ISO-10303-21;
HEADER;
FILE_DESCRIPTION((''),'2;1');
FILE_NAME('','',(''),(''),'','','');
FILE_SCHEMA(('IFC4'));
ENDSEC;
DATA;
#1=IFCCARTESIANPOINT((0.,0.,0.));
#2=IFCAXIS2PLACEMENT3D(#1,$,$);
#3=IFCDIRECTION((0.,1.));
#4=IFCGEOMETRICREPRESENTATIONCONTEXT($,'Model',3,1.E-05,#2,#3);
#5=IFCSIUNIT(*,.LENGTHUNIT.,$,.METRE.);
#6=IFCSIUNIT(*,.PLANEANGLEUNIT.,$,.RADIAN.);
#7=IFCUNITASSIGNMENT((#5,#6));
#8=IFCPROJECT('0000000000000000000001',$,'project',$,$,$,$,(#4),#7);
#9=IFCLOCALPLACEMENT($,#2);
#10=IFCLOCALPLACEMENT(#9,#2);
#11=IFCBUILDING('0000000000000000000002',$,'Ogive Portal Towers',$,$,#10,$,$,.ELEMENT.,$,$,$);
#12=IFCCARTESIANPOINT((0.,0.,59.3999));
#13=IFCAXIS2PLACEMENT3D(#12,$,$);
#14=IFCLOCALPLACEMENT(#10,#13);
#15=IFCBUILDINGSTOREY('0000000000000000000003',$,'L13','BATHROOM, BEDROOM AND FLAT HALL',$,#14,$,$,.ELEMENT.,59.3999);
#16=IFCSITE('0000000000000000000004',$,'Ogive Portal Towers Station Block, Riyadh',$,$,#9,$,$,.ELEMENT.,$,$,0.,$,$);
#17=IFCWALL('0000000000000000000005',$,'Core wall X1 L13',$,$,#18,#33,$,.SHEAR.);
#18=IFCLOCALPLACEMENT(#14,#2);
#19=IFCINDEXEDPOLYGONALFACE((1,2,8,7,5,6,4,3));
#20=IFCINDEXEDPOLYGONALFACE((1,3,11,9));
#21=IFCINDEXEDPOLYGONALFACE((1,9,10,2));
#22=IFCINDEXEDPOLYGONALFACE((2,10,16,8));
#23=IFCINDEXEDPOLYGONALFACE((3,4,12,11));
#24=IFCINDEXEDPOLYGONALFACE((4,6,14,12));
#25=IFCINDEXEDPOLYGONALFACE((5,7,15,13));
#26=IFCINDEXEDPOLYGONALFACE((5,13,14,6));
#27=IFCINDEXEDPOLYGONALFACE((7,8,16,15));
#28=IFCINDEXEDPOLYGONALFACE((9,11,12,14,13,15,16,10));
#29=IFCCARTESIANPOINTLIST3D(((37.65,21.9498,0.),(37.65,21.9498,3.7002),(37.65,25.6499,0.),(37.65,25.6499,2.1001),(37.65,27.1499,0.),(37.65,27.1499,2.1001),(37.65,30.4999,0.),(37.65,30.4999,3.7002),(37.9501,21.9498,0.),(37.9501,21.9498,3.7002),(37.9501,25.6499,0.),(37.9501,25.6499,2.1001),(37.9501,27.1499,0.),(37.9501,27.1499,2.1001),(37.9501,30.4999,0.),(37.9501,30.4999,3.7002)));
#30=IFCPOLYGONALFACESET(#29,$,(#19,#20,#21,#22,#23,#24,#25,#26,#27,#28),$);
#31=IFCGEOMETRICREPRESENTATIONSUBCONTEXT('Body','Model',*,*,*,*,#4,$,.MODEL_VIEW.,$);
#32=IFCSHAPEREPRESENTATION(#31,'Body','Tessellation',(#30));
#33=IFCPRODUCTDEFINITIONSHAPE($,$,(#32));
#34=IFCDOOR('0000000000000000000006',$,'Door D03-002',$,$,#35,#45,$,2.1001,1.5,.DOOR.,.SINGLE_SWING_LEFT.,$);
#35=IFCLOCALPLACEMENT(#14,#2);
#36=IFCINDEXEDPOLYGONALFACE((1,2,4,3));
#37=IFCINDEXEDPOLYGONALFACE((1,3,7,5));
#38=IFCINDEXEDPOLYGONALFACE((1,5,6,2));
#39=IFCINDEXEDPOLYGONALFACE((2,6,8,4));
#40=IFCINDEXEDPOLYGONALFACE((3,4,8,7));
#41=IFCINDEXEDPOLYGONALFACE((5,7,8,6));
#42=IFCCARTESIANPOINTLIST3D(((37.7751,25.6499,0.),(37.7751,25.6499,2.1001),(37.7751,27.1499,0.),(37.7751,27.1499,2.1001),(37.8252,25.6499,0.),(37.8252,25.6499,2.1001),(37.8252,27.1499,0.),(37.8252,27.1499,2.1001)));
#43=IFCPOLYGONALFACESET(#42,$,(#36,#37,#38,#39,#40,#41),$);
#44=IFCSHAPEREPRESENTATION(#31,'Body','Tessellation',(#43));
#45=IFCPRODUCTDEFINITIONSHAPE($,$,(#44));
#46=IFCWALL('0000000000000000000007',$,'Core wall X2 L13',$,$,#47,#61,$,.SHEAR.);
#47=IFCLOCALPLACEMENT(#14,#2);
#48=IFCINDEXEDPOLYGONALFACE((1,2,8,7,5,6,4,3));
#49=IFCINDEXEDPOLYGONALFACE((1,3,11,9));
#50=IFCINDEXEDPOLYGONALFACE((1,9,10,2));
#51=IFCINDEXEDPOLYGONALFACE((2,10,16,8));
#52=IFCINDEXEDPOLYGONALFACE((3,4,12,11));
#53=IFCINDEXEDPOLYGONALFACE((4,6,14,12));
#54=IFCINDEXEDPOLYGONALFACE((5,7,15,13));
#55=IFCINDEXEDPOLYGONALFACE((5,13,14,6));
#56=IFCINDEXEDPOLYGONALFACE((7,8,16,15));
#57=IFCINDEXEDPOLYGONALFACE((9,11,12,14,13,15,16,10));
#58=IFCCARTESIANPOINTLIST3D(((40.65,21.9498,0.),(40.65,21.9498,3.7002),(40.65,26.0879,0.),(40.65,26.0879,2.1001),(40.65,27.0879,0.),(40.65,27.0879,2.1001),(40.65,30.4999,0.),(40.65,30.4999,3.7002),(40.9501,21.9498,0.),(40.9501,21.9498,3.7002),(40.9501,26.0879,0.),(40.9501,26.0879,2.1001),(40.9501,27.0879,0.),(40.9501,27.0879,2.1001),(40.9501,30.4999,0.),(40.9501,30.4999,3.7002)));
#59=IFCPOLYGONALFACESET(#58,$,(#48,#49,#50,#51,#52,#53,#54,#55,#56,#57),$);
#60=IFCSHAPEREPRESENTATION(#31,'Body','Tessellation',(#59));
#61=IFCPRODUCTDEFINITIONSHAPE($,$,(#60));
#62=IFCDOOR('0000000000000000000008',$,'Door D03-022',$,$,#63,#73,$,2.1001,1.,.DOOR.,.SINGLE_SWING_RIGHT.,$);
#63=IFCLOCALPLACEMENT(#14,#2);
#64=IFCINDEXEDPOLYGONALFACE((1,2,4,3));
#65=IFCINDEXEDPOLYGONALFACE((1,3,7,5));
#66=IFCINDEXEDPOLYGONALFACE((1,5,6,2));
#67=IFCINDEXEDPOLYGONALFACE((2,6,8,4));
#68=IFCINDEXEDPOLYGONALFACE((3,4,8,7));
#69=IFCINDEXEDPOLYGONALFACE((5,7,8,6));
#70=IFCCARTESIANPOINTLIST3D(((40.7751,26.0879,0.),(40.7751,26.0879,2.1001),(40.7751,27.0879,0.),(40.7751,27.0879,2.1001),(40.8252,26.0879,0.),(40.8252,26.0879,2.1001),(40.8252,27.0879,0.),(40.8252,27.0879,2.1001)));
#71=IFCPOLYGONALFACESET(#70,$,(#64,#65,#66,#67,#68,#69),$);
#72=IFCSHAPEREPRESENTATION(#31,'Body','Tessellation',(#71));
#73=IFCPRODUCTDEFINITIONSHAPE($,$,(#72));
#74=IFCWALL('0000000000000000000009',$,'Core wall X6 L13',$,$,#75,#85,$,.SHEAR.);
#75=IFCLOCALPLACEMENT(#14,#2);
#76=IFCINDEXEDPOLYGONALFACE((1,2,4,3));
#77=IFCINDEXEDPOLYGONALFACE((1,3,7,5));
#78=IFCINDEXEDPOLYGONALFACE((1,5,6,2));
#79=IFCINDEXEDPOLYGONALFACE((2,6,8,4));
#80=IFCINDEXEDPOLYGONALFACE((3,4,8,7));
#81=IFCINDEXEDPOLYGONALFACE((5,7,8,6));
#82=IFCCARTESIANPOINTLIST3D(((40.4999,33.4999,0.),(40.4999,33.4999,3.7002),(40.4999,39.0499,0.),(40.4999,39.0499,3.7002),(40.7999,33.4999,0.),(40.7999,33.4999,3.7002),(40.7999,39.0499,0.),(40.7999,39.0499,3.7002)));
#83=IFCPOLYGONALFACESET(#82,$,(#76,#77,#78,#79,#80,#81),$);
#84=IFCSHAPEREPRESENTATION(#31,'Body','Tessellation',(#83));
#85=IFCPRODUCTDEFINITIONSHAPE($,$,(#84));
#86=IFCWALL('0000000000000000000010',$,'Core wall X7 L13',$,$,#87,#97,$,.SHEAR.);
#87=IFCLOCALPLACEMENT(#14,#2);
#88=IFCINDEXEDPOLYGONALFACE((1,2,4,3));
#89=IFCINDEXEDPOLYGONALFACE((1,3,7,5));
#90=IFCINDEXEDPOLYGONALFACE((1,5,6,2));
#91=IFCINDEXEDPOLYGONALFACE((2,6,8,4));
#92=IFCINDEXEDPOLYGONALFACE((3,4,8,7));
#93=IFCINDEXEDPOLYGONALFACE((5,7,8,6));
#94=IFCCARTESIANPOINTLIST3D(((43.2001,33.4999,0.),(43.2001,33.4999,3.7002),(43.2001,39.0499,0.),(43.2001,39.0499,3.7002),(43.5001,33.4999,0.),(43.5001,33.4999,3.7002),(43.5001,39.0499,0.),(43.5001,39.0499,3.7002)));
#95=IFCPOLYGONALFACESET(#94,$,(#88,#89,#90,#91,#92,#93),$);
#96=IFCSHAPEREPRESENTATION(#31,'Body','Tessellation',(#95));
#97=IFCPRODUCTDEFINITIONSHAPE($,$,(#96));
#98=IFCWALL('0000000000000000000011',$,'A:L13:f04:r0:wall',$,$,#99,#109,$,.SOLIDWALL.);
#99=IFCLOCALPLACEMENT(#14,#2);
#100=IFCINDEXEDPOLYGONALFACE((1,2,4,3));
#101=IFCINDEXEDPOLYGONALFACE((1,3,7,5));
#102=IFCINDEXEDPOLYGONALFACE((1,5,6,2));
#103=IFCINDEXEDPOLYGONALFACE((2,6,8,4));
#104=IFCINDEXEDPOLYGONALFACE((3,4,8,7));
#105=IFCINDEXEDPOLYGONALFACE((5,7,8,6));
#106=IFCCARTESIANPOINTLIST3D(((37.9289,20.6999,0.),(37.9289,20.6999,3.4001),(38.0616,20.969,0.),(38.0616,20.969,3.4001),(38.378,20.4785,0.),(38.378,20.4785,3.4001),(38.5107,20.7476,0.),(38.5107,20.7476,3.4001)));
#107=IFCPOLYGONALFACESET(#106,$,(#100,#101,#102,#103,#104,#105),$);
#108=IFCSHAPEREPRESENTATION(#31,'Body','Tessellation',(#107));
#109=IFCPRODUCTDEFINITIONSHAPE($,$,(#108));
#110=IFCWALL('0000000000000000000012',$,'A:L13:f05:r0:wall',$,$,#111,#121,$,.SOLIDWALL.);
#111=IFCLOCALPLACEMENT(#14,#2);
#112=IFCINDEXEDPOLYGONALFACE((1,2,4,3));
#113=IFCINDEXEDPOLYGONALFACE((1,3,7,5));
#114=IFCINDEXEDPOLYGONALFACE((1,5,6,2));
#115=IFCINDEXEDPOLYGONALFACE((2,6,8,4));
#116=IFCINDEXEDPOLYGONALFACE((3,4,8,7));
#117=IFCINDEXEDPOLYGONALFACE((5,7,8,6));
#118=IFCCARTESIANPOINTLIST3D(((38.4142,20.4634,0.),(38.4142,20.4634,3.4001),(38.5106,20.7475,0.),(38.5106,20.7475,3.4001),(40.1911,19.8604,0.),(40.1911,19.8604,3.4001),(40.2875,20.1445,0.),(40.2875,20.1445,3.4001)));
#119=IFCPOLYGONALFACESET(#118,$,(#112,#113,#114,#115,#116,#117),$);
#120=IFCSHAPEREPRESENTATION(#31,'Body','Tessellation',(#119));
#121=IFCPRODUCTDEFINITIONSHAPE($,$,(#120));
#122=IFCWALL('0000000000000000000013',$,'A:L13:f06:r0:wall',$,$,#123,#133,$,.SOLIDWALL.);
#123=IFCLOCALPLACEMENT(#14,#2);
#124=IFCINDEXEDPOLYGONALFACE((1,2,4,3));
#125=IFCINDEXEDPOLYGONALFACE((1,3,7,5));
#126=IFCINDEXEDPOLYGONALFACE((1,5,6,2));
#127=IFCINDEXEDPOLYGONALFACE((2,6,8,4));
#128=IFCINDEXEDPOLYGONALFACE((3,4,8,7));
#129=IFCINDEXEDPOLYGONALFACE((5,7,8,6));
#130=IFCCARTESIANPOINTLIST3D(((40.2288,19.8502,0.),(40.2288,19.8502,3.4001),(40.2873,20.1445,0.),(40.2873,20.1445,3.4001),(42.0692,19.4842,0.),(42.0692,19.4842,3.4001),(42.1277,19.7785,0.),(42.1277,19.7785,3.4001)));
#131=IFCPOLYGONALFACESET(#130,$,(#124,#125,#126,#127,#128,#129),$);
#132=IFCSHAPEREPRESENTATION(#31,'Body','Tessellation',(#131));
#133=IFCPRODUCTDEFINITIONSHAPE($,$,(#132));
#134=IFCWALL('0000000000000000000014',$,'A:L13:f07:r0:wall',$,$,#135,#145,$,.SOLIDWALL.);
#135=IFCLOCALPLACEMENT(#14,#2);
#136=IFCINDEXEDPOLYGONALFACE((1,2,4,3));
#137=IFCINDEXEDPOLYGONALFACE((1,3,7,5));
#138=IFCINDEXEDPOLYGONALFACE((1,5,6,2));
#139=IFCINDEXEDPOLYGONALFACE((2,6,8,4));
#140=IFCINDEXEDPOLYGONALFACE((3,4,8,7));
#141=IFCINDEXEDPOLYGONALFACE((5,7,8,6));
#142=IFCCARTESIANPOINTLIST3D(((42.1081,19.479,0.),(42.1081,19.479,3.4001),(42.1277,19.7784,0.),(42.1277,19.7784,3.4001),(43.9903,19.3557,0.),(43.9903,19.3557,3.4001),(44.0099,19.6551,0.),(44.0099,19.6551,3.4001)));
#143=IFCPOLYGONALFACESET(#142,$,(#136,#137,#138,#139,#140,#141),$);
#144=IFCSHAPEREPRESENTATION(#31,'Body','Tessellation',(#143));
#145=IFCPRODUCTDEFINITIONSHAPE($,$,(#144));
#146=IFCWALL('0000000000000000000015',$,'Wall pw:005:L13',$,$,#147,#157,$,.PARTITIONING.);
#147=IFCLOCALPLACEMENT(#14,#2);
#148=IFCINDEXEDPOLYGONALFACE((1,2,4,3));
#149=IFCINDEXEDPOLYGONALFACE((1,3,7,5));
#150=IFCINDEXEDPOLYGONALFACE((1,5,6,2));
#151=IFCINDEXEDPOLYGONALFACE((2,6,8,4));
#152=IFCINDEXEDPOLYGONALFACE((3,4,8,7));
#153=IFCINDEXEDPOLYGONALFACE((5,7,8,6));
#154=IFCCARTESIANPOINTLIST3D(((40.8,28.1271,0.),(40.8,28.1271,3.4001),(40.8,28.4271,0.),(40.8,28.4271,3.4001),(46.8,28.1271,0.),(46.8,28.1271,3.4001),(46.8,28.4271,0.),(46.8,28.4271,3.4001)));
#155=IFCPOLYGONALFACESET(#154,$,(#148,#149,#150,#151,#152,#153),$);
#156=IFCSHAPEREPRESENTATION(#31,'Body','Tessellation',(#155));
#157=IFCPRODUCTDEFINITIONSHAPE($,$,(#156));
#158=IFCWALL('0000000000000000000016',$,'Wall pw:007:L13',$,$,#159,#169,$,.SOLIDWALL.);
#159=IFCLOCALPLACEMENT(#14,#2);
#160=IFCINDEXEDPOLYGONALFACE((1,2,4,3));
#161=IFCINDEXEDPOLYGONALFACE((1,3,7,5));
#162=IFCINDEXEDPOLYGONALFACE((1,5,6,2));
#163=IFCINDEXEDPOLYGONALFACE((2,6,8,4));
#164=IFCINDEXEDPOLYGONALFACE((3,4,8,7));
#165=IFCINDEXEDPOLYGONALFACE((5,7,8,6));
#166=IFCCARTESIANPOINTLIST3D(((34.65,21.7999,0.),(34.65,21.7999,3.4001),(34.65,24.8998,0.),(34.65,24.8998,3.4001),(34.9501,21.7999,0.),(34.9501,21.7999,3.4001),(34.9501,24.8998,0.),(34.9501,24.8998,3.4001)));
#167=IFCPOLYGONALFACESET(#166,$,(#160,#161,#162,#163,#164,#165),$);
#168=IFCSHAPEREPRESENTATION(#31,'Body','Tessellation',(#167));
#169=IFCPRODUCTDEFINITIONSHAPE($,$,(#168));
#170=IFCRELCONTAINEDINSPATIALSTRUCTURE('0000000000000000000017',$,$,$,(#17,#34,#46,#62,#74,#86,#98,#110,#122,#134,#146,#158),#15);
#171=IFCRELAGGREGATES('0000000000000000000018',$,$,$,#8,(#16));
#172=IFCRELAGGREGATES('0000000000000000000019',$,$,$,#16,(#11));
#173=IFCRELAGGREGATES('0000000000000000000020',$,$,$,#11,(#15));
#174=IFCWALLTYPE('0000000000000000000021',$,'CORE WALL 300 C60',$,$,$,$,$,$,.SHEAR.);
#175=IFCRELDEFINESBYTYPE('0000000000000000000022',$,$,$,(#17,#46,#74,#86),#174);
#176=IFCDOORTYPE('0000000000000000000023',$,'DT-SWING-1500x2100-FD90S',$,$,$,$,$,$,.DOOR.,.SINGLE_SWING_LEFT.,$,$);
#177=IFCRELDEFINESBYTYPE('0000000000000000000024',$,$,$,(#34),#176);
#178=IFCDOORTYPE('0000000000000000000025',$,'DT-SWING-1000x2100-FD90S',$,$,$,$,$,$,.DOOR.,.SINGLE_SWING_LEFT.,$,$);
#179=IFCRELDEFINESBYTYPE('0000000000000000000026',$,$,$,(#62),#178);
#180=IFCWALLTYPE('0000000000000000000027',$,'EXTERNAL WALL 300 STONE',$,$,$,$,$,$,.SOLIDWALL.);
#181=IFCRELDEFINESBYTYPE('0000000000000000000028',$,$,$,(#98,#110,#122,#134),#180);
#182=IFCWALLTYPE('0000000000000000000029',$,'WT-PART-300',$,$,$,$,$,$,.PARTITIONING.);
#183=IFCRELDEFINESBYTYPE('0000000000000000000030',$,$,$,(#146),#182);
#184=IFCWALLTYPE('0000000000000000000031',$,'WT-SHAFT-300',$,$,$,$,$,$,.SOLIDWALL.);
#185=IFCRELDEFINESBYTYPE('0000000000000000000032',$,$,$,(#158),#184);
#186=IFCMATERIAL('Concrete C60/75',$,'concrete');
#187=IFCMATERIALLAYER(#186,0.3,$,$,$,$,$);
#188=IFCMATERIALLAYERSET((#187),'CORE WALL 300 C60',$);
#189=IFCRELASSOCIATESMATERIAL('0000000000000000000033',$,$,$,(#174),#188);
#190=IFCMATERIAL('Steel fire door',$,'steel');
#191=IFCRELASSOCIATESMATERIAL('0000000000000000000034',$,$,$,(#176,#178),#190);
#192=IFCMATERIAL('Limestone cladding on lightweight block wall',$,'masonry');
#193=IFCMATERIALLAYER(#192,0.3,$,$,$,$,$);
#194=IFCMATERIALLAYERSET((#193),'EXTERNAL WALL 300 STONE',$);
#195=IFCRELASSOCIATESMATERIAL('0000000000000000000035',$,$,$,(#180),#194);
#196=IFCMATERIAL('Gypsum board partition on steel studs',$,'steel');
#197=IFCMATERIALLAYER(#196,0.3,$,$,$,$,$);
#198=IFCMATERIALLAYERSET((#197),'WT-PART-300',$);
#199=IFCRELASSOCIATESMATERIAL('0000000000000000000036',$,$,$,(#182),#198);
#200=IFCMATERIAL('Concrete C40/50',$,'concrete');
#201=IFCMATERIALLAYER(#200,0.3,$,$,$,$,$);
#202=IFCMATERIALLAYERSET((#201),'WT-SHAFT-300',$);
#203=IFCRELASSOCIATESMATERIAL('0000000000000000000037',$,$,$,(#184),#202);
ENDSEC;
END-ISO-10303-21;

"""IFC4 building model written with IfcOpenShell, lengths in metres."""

from ifc_helpers import new_model, si_unit, direction, frame, frame_2d, origin, place, context, subcontext, project, spatial, rectangle, extrude, material, layer, layer_set, type_object, element, fill, save


model = new_model("IFC4")

# Units and contexts
model_context = context("Model", 3, precision=1e-05, world=origin(), true_north=direction((0.0, 1.0)))
body_context = subcontext(model_context, "Body", "Model", "MODEL_VIEW")
ifc_project = project(units=[si_unit("LENGTHUNIT", "METRE"), si_unit("PLANEANGLEUNIT", "RADIAN")], contexts=[model_context])

# Site, building, storey
site_placement = place(None, origin())
site = spatial("IfcSite", under=ifc_project, at=site_placement, Name="Ogive Portal Towers Station Block, Riyadh", CompositionType="ELEMENT", RefElevation=0.0)
building_placement = place(site_placement, origin())
building = spatial("IfcBuilding", under=site, at=building_placement, Name="Ogive Portal Towers", CompositionType="ELEMENT")
storey_placement = place(building_placement, frame((0.0, 0.0, 59.3999)))
storey = spatial("IfcBuildingStorey", under=building, at=storey_placement, Name="L13", Description="BATHROOM, BEDROOM AND FLAT HALL", CompositionType="ELEMENT", Elevation=59.3999)

# Walls, openings, doors
ifc_material_1 = material(Name="Concrete C60/75", Category="concrete")
ifc_layer_1 = layer(ifc_material_1, 0.3)
ifc_layer_set_1 = layer_set([ifc_layer_1], Name="CORE WALL 300 C60")
wall_type_1 = type_object("IfcWallType", Name="CORE WALL 300 C60", PredefinedType="SHEAR", material=ifc_layer_set_1)
wall_1_placement = place(storey_placement, frame((37.8, 21.95, 0.0), z_axis=(0.0, 0.0, 1.0), x_axis=(0.0, 1.0, 0.0)))
wall_1 = element("IfcWall", 1, at=wall_1_placement, inside=storey, type_object=wall_type_1, Name="Core wall X1 L13", PredefinedType="SHEAR", context=body_context, shape_type="SweptSolid", body=[
    extrude(rectangle(XDim=8.55, YDim=0.3, at=frame_2d((4.2749, 0.0))), origin(), (0.0, 0.0, 1.0), 3.7002),
])
opening_1_placement = place(wall_1_placement, frame((3.7, 0.0, 0.0)))
opening_1 = element("IfcOpeningElement", 2, at=opening_1_placement, cuts=wall_1, PredefinedType="OPENING", context=body_context, shape_type="SweptSolid", body=[
    extrude(rectangle(XDim=1.5, YDim=2.1001, at=frame_2d((0.75, 1.05))), frame((0.0, 0.1602, 0.0), z_axis=(0.0, -1.0, 0.0), x_axis=(1.0, 0.0, 0.0)), (0.0, 0.0, 1.0), 0.3201),
])
ifc_material_2 = material(Name="Steel fire door", Category="steel")
door_type_1 = type_object("IfcDoorType", Name="DT-SWING-1500x2100-FD90S", OperationType="SINGLE_SWING_LEFT", PredefinedType="DOOR", material=ifc_material_2)
door_1_placement = place(opening_1_placement, origin())
door_1 = element("IfcDoor", 3, at=door_1_placement, inside=storey, type_object=door_type_1, Name="Door D03-002", OperationType="SINGLE_SWING_LEFT", OverallHeight=2.1001, OverallWidth=1.5, PredefinedType="DOOR", context=body_context, shape_type="SweptSolid", body=[
    extrude(rectangle(XDim=1.5, YDim=2.1001, at=frame_2d((0.75, 1.05))), frame((0.0, 0.0249, 0.0), z_axis=(0.0, -1.0, 0.0), x_axis=(1.0, 0.0, 0.0)), (0.0, 0.0, 1.0), 0.05),
])
fill(opening_1, door_1)
wall_2_placement = place(storey_placement, frame((40.8, 21.95, 0.0), z_axis=(0.0, 0.0, 1.0), x_axis=(0.0, 1.0, 0.0)))
wall_2 = element("IfcWall", 4, at=wall_2_placement, inside=storey, type_object=wall_type_1, Name="Core wall X2 L13", PredefinedType="SHEAR", context=body_context, shape_type="SweptSolid", body=[
    extrude(rectangle(XDim=8.55, YDim=0.3, at=frame_2d((4.2749, 0.0))), origin(), (0.0, 0.0, 1.0), 3.7002),
])
opening_2_placement = place(wall_2_placement, frame((4.1379, 0.0, 0.0)))
opening_2 = element("IfcOpeningElement", 5, at=opening_2_placement, cuts=wall_2, PredefinedType="OPENING", context=body_context, shape_type="SweptSolid", body=[
    extrude(rectangle(XDim=1.0, YDim=2.1001, at=frame_2d((0.5, 1.05))), frame((0.0, 0.1602, 0.0), z_axis=(0.0, -1.0, 0.0), x_axis=(1.0, 0.0, 0.0)), (0.0, 0.0, 1.0), 0.3201),
])
door_type_2 = type_object("IfcDoorType", Name="DT-SWING-1000x2100-FD90S", OperationType="SINGLE_SWING_LEFT", PredefinedType="DOOR", material=ifc_material_2)
door_2_placement = place(opening_2_placement, origin())
door_2 = element("IfcDoor", 6, at=door_2_placement, inside=storey, type_object=door_type_2, Name="Door D03-022", OperationType="SINGLE_SWING_RIGHT", OverallHeight=2.1001, OverallWidth=1.0, PredefinedType="DOOR", context=body_context, shape_type="SweptSolid", body=[
    extrude(rectangle(XDim=1.0, YDim=2.1001, at=frame_2d((0.5, 1.05))), frame((0.0, 0.0249, 0.0), z_axis=(0.0, -1.0, 0.0), x_axis=(1.0, 0.0, 0.0)), (0.0, 0.0, 1.0), 0.05),
])
fill(opening_2, door_2)

# Walls
for number, where, z_axis, x_axis, name in (
    (7, (40.6499, 33.5, 0.0), (0.0, 0.0, 1.0), (0.0, 1.0, 0.0), "Core wall X6 L13"),
    (8, (43.3501, 33.5, 0.0), (0.0, 0.0, 1.0), (0.0, 1.0, 0.0), "Core wall X7 L13"),
):
    element("IfcWall", number, at=place(storey_placement, frame(where, z_axis=z_axis, x_axis=x_axis)), inside=storey, type_object=wall_type_1, Name=name, PredefinedType="SHEAR", context=body_context, shape_type="SweptSolid", body=[
        extrude(rectangle(XDim=5.55, YDim=0.3, at=frame_2d((2.7749, 0.0))), origin(), (0.0, 0.0, 1.0), 3.7002),
    ])

# Walls
ifc_material_3 = material(Name="Limestone cladding on lightweight block wall", Category="masonry")
ifc_layer_2 = layer(ifc_material_3, 0.3)
ifc_layer_set_2 = layer_set([ifc_layer_2], Name="EXTERNAL WALL 300 STONE")
wall_type_2 = type_object("IfcWallType", Name="EXTERNAL WALL 300 STONE", PredefinedType="SOLIDWALL", material=ifc_layer_set_2)
wall_3_placement = place(storey_placement, frame((37.9951, 20.8345, 0.0), z_axis=(0.0, 0.0, 1.0), x_axis=(0.896948, -0.442137, 0.0)))
element("IfcWall", 9, at=wall_3_placement, inside=storey, type_object=wall_type_2, Name="A:L13:f04:r0:wall", PredefinedType="SOLIDWALL", context=body_context, shape_type="SweptSolid", body=[
    extrude(rectangle(XDim=0.5007, YDim=0.3, at=frame_2d((0.2505, 0.0))), origin(), (0.0, 0.0, 1.0), 3.4001),
])
for number, where, z_axis, x_axis, name in (
    (10, (38.4624, 20.6055, 0.0), (0.0, 0.0, 1.0), (0.946952, -0.321376, 0.0), "A:L13:f05:r0:wall"),
    (11, (40.2581, 19.9973, 0.0), (0.0, 0.0, 1.0), (0.980795, -0.19504, 0.0), "A:L13:f06:r0:wall"),
):
    element("IfcWall", number, at=place(storey_placement, frame(where, z_axis=z_axis, x_axis=x_axis)), inside=storey, type_object=wall_type_2, Name=name, PredefinedType="SOLIDWALL", context=body_context, shape_type="SweptSolid", body=[
        extrude(rectangle(XDim=1.8765, YDim=0.3, at=frame_2d((0.9382, 0.0))), origin(), (0.0, 0.0, 1.0), 3.4001),
    ])
wall_4_placement = place(storey_placement, frame((42.1179, 19.6287, 0.0), z_axis=(0.0, 0.0, 1.0), x_axis=(0.997861, -0.065368, 0.0)))
element("IfcWall", 12, at=wall_4_placement, inside=storey, type_object=wall_type_2, Name="A:L13:f07:r0:wall", PredefinedType="SOLIDWALL", context=body_context, shape_type="SweptSolid", body=[
    extrude(rectangle(XDim=1.8862, YDim=0.3, at=frame_2d((0.9431, 0.0))), origin(), (0.0, 0.0, 1.0), 3.4001),
])

# Walls
ifc_material_4 = material(Name="Gypsum board partition on steel studs", Category="steel")
ifc_layer_3 = layer(ifc_material_4, 0.3)
ifc_layer_set_3 = layer_set([ifc_layer_3], Name="WT-PART-300")
wall_type_3 = type_object("IfcWallType", Name="WT-PART-300", PredefinedType="PARTITIONING", material=ifc_layer_set_3)
wall_5_placement = place(storey_placement, frame((40.8, 28.2771, 0.0), z_axis=(0.0, 0.0, 1.0), x_axis=(1.0, 0.0, 0.0)))
element("IfcWall", 13, at=wall_5_placement, inside=storey, type_object=wall_type_3, Name="Wall pw:005:L13", PredefinedType="PARTITIONING", context=body_context, shape_type="SweptSolid", body=[
    extrude(rectangle(XDim=6.0, YDim=0.3, at=frame_2d((3.0, 0.0))), origin(), (0.0, 0.0, 1.0), 3.4001),
])
ifc_material_5 = material(Name="Concrete C40/50", Category="concrete")
ifc_layer_4 = layer(ifc_material_5, 0.3)
ifc_layer_set_4 = layer_set([ifc_layer_4], Name="WT-SHAFT-300")
wall_type_4 = type_object("IfcWallType", Name="WT-SHAFT-300", PredefinedType="SOLIDWALL", material=ifc_layer_set_4)
wall_6_placement = place(storey_placement, frame((34.8, 21.8, 0.0), z_axis=(0.0, 0.0, 1.0), x_axis=(0.0, 1.0, 0.0)))
element("IfcWall", 14, at=wall_6_placement, inside=storey, type_object=wall_type_4, Name="Wall pw:007:L13", PredefinedType="SOLIDWALL", context=body_context, shape_type="SweptSolid", body=[
    extrude(rectangle(XDim=3.0999, YDim=0.3, at=frame_2d((1.5498, 0.0))), origin(), (0.0, 0.0, 1.0), 3.4001),
])

save(model, "model.ifc")
